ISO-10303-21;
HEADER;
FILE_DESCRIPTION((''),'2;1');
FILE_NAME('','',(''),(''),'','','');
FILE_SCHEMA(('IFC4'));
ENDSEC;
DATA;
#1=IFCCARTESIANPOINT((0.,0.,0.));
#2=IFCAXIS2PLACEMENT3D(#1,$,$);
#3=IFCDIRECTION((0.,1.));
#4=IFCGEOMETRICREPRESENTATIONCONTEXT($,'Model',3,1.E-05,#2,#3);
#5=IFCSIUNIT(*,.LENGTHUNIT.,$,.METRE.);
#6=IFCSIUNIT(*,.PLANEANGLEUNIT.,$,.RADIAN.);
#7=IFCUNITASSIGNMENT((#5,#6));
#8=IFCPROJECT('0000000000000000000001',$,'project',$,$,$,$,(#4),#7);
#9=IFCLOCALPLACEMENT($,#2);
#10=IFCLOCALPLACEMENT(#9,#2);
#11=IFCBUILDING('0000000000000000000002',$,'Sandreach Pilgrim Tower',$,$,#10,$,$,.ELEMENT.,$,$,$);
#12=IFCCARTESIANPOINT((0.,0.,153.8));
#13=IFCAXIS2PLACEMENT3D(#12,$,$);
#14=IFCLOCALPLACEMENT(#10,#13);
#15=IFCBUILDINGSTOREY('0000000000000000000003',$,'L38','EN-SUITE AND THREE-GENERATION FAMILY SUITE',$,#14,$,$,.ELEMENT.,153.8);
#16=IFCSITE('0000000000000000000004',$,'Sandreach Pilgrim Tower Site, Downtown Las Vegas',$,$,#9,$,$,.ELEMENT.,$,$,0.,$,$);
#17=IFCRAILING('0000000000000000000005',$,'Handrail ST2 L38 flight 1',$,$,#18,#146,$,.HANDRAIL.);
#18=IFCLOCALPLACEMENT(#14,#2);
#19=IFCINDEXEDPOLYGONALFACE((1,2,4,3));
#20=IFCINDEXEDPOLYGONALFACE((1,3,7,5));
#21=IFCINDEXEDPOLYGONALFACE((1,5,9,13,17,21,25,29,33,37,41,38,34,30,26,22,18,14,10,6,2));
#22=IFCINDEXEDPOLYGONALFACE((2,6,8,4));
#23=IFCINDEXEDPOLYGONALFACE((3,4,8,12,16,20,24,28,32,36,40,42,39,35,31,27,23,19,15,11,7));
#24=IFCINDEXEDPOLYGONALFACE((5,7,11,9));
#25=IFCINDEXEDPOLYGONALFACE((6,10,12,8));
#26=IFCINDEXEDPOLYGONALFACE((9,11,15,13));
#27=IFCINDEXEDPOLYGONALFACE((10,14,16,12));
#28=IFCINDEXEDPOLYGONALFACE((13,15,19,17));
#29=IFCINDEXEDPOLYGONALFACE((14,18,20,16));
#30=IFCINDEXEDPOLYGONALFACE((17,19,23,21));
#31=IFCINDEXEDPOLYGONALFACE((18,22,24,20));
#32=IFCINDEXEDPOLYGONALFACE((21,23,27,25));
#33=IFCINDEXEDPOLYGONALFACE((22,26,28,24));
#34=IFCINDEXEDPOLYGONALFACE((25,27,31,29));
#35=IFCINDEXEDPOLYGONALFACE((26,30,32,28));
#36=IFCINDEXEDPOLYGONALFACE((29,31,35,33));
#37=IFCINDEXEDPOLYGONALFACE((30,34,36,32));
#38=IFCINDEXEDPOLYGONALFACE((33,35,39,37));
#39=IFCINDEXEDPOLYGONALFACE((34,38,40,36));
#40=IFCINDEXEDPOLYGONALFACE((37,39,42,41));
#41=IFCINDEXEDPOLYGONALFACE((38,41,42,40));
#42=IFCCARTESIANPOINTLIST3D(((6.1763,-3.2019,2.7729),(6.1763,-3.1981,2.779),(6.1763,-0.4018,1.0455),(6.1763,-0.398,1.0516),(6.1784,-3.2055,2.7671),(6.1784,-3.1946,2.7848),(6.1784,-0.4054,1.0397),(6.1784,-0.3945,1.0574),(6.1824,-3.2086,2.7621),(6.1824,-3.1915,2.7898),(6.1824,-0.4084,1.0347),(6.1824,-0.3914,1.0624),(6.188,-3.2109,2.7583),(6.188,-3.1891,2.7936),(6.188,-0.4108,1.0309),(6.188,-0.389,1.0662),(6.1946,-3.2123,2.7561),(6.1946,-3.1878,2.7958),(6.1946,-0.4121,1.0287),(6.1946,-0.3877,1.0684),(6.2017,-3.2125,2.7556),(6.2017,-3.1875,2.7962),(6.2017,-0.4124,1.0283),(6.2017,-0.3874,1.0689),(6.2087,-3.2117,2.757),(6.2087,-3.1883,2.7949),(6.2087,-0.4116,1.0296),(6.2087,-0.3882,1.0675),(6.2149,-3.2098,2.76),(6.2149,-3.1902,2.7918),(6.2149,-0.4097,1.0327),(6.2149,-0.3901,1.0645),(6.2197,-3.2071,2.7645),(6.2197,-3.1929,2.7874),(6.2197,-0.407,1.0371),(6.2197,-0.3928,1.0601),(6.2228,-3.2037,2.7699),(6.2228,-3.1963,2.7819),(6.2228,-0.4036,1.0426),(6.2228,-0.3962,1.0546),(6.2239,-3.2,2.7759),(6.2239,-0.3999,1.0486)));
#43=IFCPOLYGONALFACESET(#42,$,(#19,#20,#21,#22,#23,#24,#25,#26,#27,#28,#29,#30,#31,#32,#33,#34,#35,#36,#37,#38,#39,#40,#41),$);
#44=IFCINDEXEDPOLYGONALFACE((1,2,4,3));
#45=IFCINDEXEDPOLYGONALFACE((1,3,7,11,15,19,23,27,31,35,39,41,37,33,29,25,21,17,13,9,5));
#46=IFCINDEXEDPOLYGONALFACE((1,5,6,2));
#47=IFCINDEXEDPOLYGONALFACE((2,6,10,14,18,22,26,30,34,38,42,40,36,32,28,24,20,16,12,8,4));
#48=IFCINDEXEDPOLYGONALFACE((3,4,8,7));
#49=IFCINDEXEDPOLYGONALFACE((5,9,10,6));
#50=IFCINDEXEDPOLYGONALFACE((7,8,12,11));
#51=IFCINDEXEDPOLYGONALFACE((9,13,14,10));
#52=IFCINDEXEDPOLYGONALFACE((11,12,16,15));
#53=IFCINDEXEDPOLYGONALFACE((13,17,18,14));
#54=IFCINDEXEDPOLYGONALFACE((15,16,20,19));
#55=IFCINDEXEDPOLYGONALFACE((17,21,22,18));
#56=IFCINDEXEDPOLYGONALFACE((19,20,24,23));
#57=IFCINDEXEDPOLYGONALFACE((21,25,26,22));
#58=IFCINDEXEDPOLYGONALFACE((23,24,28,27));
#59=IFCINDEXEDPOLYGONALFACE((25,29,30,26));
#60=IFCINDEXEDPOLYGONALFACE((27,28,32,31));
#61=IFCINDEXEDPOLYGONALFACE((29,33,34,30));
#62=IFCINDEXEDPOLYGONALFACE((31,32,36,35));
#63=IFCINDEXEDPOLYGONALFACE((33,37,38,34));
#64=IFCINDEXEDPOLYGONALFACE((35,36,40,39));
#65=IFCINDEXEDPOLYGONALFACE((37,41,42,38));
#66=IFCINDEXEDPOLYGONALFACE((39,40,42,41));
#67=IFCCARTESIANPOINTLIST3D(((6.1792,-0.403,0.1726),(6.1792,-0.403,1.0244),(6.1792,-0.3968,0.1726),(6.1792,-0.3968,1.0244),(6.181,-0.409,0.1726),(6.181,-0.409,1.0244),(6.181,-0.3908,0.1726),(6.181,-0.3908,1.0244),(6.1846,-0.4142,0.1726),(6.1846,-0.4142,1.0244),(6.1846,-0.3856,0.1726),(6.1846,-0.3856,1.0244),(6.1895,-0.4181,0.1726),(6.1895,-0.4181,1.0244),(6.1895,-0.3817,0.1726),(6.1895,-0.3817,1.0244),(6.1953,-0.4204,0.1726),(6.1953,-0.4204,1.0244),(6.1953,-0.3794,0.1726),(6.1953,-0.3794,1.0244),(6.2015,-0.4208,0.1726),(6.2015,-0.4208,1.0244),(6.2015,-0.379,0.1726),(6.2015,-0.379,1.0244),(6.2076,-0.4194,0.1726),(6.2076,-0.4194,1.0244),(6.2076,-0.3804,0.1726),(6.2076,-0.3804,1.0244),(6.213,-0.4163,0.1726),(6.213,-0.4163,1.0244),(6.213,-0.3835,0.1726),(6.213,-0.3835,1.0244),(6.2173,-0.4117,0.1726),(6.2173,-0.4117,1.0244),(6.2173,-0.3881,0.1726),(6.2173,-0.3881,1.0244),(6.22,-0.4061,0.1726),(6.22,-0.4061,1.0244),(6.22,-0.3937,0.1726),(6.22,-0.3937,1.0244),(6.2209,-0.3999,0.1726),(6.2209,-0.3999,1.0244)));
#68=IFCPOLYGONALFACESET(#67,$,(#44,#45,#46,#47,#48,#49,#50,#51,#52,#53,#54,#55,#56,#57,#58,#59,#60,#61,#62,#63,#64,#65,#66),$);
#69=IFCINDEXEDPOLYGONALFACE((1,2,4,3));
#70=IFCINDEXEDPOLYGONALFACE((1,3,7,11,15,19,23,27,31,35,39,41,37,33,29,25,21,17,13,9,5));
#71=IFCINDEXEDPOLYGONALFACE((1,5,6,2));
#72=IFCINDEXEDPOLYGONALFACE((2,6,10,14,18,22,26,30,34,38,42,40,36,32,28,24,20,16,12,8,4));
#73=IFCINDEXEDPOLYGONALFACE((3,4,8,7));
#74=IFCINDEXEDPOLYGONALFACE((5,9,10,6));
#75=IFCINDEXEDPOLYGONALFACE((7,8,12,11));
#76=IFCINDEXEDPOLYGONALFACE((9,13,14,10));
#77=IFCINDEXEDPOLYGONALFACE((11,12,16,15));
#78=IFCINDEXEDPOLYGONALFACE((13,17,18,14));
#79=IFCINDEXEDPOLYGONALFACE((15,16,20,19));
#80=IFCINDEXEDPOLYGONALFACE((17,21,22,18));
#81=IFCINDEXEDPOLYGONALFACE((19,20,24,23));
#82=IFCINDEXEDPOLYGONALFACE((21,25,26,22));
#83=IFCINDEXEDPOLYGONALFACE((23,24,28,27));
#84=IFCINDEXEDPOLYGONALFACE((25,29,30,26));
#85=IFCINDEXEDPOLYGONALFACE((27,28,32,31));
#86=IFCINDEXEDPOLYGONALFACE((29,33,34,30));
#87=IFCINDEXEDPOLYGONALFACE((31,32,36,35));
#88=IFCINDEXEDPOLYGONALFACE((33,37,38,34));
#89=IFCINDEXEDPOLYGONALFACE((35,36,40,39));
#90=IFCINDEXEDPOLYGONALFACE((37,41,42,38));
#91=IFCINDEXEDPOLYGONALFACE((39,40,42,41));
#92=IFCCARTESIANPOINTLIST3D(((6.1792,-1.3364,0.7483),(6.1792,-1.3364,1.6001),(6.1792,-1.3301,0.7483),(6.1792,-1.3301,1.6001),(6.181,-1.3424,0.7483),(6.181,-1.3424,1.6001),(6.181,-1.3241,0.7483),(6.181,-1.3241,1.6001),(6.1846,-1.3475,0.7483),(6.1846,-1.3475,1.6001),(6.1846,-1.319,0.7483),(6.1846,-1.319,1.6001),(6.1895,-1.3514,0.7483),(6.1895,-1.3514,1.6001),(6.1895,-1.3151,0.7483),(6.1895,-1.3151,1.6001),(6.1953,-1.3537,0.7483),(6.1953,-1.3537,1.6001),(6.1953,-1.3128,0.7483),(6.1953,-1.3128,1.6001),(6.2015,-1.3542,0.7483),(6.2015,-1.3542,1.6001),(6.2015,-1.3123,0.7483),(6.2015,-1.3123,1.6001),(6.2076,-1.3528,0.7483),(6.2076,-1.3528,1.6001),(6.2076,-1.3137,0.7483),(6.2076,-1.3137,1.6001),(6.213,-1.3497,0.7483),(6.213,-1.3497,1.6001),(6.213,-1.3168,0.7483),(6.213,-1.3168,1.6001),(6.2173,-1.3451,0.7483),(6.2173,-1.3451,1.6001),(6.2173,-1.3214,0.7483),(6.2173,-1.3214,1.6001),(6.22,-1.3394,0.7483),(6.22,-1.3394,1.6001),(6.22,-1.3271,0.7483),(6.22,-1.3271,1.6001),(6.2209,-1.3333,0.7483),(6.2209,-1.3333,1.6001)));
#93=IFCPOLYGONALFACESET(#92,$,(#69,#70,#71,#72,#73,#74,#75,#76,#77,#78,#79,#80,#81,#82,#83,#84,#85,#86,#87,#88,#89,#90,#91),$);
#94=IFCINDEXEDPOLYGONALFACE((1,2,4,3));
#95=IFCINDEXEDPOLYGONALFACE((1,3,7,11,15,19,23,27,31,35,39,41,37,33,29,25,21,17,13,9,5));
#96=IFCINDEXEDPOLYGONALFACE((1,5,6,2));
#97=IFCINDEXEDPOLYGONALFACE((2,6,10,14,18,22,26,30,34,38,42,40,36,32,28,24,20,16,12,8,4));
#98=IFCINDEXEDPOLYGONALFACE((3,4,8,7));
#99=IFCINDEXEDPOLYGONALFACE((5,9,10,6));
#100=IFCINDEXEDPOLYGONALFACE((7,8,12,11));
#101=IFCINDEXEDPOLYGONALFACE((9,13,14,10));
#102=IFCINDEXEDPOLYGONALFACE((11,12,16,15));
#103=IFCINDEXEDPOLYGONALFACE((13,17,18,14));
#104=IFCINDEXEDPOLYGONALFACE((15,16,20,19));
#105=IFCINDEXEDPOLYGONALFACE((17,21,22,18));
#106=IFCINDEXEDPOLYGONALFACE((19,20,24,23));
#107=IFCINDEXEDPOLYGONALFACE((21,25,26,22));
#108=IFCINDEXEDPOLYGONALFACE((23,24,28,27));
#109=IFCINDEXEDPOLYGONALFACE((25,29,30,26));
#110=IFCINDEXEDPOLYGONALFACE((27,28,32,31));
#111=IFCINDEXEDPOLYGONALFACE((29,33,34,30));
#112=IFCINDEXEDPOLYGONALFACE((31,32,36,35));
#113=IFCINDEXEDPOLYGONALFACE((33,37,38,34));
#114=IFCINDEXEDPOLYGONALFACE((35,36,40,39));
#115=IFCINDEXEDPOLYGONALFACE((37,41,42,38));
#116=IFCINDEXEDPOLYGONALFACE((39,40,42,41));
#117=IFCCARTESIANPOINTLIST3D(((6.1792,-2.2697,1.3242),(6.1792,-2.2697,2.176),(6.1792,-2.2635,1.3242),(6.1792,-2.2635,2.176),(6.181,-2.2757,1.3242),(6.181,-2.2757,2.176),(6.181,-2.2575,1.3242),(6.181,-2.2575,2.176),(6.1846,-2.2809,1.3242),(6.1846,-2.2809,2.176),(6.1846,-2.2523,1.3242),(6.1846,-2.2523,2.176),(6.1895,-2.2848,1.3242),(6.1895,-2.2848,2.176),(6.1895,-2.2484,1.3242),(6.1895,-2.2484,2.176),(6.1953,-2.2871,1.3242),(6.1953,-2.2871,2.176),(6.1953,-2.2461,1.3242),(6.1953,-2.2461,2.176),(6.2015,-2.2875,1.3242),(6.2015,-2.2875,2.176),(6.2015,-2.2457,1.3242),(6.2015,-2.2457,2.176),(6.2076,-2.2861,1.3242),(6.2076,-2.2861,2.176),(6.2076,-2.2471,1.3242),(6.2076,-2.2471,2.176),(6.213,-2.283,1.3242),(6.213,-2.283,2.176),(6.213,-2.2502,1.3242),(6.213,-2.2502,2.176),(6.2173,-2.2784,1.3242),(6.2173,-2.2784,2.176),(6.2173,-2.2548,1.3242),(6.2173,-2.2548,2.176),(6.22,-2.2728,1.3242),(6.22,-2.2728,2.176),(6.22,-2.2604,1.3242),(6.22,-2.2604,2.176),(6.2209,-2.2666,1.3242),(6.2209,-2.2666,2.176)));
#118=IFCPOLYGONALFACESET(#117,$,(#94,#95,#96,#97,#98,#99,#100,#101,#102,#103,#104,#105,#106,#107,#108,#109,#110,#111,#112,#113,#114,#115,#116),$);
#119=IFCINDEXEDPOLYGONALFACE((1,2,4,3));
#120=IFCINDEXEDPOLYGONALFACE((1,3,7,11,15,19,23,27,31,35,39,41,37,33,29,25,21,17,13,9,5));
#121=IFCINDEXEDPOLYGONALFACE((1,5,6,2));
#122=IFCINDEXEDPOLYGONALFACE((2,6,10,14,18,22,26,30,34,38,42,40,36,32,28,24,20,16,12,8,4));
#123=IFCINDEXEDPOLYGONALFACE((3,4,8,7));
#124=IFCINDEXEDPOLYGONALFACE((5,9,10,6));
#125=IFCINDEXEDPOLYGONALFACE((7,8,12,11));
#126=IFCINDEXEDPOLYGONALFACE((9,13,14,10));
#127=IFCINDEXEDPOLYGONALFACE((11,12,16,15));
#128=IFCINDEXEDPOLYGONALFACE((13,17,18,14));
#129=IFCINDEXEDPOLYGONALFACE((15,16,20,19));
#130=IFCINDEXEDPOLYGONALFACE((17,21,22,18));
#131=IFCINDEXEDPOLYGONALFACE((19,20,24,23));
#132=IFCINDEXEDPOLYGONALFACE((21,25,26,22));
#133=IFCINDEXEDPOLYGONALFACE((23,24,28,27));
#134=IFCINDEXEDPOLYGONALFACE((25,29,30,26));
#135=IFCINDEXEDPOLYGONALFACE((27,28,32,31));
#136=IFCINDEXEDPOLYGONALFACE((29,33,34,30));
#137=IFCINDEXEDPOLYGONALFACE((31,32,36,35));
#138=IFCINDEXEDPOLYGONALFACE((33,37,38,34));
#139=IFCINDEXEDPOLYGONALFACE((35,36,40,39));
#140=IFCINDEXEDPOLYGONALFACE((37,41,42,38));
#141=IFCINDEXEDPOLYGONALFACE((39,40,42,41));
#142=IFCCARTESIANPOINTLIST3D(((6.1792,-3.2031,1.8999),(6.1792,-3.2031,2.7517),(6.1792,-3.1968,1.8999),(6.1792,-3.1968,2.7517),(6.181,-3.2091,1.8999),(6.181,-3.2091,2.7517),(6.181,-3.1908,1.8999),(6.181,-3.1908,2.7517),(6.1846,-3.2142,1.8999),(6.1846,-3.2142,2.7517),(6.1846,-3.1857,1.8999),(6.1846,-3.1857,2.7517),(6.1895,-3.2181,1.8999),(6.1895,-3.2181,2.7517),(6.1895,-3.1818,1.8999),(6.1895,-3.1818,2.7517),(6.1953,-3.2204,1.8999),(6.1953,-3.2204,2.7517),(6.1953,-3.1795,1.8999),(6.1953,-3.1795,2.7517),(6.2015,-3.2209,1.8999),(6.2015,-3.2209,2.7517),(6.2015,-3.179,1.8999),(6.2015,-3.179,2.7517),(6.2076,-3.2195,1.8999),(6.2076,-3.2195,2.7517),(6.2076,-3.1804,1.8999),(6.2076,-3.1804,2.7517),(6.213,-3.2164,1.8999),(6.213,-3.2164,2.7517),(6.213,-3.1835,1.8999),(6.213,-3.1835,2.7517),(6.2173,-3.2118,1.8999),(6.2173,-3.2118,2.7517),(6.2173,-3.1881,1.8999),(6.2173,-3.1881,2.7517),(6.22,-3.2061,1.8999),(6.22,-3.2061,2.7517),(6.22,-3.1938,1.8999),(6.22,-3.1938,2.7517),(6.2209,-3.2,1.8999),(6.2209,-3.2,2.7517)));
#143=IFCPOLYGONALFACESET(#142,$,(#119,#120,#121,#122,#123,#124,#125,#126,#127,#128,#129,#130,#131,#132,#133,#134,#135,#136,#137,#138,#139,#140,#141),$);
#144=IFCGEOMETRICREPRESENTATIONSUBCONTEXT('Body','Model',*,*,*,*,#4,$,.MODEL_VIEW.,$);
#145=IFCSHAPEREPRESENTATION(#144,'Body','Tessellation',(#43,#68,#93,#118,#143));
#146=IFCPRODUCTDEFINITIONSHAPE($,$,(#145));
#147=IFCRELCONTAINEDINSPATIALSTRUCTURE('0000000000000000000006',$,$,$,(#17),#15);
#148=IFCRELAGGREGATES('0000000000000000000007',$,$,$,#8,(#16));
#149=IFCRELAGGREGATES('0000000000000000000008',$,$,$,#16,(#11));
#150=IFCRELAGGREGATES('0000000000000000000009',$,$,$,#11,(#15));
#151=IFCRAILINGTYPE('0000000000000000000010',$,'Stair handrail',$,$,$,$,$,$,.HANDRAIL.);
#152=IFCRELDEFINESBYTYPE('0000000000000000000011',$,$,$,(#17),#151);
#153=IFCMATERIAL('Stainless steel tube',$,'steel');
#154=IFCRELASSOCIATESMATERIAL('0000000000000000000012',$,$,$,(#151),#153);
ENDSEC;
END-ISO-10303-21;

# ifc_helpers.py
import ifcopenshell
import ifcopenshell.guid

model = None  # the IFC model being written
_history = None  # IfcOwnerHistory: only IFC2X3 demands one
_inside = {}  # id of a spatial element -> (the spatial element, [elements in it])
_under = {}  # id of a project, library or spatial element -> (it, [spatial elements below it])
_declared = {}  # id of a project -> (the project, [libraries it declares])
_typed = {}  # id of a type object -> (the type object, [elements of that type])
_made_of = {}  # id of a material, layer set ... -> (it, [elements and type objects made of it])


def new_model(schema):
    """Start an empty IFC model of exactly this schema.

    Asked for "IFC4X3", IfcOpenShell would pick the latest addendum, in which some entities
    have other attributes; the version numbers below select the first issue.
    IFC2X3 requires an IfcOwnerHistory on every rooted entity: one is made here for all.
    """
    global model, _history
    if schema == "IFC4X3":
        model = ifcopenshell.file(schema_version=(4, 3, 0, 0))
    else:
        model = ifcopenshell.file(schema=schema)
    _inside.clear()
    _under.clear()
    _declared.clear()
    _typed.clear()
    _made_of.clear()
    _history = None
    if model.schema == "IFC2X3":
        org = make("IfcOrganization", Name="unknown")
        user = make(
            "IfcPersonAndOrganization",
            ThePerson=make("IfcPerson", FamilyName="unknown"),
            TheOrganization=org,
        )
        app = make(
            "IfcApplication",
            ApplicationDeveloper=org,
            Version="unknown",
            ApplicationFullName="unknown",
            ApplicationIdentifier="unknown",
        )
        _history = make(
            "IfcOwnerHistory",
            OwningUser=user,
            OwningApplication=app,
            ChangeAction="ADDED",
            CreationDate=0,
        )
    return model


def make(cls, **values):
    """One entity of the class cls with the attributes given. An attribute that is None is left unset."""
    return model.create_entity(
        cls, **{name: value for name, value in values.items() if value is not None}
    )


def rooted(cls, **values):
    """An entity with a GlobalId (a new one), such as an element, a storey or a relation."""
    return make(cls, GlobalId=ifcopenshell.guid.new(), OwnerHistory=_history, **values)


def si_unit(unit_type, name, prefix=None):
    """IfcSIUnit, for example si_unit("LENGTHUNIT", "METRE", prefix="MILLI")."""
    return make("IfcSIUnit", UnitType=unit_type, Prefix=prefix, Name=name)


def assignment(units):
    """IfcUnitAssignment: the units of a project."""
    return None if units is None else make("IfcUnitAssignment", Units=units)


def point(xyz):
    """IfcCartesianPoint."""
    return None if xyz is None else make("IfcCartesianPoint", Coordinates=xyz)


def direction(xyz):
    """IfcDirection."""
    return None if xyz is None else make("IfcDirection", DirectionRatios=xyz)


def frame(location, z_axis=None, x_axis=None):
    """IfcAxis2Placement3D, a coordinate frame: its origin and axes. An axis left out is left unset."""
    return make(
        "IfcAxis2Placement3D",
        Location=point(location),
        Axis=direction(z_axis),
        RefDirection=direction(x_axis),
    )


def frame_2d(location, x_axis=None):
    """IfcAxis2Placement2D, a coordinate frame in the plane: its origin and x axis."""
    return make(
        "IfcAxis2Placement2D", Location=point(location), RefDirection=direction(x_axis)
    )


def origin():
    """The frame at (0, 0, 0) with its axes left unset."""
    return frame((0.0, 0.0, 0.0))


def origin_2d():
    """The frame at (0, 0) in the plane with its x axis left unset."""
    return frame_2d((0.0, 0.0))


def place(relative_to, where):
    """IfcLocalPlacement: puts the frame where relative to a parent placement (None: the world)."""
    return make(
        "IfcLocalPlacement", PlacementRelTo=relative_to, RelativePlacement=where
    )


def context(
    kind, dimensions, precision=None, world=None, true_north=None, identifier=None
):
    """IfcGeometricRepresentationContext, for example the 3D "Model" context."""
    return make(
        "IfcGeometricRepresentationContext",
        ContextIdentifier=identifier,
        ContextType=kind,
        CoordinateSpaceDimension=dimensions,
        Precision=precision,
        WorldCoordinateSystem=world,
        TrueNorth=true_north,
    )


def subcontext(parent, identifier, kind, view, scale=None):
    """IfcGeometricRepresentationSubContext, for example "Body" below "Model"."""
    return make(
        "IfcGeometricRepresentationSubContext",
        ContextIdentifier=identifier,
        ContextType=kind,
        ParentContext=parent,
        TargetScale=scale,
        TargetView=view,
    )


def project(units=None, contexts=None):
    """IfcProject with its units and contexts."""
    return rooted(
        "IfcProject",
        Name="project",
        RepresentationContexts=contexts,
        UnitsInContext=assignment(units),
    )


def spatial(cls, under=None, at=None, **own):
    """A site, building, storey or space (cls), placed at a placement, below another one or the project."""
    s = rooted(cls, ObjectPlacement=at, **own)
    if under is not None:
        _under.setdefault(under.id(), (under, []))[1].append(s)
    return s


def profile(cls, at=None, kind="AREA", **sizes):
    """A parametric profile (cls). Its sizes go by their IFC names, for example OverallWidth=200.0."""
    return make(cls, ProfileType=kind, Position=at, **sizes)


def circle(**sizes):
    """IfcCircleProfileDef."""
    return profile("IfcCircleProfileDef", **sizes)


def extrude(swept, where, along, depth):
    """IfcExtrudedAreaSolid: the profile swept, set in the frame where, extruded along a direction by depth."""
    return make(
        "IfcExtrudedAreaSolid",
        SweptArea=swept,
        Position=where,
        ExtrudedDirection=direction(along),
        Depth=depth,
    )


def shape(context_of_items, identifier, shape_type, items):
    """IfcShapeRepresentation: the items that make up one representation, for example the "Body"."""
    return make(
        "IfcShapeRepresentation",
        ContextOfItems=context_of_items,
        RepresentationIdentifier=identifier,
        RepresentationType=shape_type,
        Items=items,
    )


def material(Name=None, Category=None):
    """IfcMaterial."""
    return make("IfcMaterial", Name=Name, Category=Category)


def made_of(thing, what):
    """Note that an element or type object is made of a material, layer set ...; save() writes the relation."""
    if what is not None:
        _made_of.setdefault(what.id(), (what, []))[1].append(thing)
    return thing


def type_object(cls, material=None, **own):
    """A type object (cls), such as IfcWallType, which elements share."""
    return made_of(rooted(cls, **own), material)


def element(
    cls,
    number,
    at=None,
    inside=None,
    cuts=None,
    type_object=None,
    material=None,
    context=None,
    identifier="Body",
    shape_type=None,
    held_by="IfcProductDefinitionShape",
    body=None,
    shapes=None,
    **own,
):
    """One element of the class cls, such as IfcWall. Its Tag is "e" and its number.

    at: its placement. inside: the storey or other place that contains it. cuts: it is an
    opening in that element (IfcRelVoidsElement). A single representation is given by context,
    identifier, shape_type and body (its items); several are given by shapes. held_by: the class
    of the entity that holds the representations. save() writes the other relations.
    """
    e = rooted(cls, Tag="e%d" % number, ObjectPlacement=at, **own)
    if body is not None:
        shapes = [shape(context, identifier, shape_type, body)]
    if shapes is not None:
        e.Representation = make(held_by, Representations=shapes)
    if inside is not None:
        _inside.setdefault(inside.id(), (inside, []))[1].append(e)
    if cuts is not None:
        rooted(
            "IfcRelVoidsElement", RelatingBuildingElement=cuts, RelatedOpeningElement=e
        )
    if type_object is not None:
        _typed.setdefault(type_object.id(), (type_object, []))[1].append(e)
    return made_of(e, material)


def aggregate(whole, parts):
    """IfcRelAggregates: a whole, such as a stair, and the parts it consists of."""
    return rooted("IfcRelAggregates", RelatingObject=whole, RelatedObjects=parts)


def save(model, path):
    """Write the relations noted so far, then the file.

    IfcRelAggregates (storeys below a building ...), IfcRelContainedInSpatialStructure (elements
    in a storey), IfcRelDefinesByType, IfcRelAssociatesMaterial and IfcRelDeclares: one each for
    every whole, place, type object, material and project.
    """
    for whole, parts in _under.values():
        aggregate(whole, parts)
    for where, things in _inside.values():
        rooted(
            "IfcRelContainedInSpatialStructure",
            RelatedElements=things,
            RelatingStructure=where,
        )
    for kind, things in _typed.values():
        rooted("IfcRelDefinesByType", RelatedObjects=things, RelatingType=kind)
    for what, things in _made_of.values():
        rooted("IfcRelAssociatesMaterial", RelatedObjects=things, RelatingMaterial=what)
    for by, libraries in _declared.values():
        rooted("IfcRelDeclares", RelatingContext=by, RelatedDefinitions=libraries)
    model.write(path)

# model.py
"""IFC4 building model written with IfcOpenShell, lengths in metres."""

from ifc_helpers import new_model, si_unit, direction, frame, origin, origin_2d, place, context, subcontext, project, spatial, circle, extrude, material, type_object, element, save


model = new_model("IFC4")

# Units and contexts
model_context = context("Model", 3, precision=1e-05, world=origin(), true_north=direction((0.0, 1.0)))
body_context = subcontext(model_context, "Body", "Model", "MODEL_VIEW")
ifc_project = project(units=[si_unit("LENGTHUNIT", "METRE"), si_unit("PLANEANGLEUNIT", "RADIAN")], contexts=[model_context])

# Site, building, storey
site_placement = place(None, origin())
site = spatial("IfcSite", under=ifc_project, at=site_placement, Name="Sandreach Pilgrim Tower Site, Downtown Las Vegas", CompositionType="ELEMENT", RefElevation=0.0)
building_placement = place(site_placement, origin())
building = spatial("IfcBuilding", under=site, at=building_placement, Name="Sandreach Pilgrim Tower", CompositionType="ELEMENT")
storey_placement = place(building_placement, frame((0.0, 0.0, 153.8)))
storey = spatial("IfcBuildingStorey", under=building, at=storey_placement, Name="L38", Description="EN-SUITE AND THREE-GENERATION FAMILY SUITE", CompositionType="ELEMENT", Elevation=153.8)

# Railing
ifc_material_1 = material(Name="Stainless steel tube", Category="steel")
railing_type = type_object("IfcRailingType", Name="Stair handrail", PredefinedType="HANDRAIL", material=ifc_material_1)
for number, where, name in (
    (1, (6.2, -0.3999, 0.1726), "Handrail ST2 L38 flight 1"),
):
    element("IfcRailing", number, at=place(storey_placement, frame(where)), inside=storey, type_object=railing_type, Name=name, PredefinedType="HANDRAIL", context=body_context, shape_type="SweptSolid", body=[
        extrude(circle(Radius=0.0239, at=origin_2d()), frame((0.0, 0.0, 0.876), z_axis=(0.0, -0.85109, 0.52502), x_axis=(1.0, 0.0, 0.0)), (0.0, 0.0, 1.0), 3.29),
        extrude(circle(Radius=0.021, at=origin_2d()), origin(), (0.0, 0.0, 1.0), 0.8518),
        extrude(circle(Radius=0.021, at=origin_2d()), frame((0.0, -0.9333, 0.5757)), (0.0, 0.0, 1.0), 0.8518),
        extrude(circle(Radius=0.021, at=origin_2d()), frame((0.0, -1.8667, 1.1516)), (0.0, 0.0, 1.0), 0.8518),
        extrude(circle(Radius=0.021, at=origin_2d()), frame((0.0, -2.8, 1.7273)), (0.0, 0.0, 1.0), 0.8518),
    ])

save(model, "model.ifc")
